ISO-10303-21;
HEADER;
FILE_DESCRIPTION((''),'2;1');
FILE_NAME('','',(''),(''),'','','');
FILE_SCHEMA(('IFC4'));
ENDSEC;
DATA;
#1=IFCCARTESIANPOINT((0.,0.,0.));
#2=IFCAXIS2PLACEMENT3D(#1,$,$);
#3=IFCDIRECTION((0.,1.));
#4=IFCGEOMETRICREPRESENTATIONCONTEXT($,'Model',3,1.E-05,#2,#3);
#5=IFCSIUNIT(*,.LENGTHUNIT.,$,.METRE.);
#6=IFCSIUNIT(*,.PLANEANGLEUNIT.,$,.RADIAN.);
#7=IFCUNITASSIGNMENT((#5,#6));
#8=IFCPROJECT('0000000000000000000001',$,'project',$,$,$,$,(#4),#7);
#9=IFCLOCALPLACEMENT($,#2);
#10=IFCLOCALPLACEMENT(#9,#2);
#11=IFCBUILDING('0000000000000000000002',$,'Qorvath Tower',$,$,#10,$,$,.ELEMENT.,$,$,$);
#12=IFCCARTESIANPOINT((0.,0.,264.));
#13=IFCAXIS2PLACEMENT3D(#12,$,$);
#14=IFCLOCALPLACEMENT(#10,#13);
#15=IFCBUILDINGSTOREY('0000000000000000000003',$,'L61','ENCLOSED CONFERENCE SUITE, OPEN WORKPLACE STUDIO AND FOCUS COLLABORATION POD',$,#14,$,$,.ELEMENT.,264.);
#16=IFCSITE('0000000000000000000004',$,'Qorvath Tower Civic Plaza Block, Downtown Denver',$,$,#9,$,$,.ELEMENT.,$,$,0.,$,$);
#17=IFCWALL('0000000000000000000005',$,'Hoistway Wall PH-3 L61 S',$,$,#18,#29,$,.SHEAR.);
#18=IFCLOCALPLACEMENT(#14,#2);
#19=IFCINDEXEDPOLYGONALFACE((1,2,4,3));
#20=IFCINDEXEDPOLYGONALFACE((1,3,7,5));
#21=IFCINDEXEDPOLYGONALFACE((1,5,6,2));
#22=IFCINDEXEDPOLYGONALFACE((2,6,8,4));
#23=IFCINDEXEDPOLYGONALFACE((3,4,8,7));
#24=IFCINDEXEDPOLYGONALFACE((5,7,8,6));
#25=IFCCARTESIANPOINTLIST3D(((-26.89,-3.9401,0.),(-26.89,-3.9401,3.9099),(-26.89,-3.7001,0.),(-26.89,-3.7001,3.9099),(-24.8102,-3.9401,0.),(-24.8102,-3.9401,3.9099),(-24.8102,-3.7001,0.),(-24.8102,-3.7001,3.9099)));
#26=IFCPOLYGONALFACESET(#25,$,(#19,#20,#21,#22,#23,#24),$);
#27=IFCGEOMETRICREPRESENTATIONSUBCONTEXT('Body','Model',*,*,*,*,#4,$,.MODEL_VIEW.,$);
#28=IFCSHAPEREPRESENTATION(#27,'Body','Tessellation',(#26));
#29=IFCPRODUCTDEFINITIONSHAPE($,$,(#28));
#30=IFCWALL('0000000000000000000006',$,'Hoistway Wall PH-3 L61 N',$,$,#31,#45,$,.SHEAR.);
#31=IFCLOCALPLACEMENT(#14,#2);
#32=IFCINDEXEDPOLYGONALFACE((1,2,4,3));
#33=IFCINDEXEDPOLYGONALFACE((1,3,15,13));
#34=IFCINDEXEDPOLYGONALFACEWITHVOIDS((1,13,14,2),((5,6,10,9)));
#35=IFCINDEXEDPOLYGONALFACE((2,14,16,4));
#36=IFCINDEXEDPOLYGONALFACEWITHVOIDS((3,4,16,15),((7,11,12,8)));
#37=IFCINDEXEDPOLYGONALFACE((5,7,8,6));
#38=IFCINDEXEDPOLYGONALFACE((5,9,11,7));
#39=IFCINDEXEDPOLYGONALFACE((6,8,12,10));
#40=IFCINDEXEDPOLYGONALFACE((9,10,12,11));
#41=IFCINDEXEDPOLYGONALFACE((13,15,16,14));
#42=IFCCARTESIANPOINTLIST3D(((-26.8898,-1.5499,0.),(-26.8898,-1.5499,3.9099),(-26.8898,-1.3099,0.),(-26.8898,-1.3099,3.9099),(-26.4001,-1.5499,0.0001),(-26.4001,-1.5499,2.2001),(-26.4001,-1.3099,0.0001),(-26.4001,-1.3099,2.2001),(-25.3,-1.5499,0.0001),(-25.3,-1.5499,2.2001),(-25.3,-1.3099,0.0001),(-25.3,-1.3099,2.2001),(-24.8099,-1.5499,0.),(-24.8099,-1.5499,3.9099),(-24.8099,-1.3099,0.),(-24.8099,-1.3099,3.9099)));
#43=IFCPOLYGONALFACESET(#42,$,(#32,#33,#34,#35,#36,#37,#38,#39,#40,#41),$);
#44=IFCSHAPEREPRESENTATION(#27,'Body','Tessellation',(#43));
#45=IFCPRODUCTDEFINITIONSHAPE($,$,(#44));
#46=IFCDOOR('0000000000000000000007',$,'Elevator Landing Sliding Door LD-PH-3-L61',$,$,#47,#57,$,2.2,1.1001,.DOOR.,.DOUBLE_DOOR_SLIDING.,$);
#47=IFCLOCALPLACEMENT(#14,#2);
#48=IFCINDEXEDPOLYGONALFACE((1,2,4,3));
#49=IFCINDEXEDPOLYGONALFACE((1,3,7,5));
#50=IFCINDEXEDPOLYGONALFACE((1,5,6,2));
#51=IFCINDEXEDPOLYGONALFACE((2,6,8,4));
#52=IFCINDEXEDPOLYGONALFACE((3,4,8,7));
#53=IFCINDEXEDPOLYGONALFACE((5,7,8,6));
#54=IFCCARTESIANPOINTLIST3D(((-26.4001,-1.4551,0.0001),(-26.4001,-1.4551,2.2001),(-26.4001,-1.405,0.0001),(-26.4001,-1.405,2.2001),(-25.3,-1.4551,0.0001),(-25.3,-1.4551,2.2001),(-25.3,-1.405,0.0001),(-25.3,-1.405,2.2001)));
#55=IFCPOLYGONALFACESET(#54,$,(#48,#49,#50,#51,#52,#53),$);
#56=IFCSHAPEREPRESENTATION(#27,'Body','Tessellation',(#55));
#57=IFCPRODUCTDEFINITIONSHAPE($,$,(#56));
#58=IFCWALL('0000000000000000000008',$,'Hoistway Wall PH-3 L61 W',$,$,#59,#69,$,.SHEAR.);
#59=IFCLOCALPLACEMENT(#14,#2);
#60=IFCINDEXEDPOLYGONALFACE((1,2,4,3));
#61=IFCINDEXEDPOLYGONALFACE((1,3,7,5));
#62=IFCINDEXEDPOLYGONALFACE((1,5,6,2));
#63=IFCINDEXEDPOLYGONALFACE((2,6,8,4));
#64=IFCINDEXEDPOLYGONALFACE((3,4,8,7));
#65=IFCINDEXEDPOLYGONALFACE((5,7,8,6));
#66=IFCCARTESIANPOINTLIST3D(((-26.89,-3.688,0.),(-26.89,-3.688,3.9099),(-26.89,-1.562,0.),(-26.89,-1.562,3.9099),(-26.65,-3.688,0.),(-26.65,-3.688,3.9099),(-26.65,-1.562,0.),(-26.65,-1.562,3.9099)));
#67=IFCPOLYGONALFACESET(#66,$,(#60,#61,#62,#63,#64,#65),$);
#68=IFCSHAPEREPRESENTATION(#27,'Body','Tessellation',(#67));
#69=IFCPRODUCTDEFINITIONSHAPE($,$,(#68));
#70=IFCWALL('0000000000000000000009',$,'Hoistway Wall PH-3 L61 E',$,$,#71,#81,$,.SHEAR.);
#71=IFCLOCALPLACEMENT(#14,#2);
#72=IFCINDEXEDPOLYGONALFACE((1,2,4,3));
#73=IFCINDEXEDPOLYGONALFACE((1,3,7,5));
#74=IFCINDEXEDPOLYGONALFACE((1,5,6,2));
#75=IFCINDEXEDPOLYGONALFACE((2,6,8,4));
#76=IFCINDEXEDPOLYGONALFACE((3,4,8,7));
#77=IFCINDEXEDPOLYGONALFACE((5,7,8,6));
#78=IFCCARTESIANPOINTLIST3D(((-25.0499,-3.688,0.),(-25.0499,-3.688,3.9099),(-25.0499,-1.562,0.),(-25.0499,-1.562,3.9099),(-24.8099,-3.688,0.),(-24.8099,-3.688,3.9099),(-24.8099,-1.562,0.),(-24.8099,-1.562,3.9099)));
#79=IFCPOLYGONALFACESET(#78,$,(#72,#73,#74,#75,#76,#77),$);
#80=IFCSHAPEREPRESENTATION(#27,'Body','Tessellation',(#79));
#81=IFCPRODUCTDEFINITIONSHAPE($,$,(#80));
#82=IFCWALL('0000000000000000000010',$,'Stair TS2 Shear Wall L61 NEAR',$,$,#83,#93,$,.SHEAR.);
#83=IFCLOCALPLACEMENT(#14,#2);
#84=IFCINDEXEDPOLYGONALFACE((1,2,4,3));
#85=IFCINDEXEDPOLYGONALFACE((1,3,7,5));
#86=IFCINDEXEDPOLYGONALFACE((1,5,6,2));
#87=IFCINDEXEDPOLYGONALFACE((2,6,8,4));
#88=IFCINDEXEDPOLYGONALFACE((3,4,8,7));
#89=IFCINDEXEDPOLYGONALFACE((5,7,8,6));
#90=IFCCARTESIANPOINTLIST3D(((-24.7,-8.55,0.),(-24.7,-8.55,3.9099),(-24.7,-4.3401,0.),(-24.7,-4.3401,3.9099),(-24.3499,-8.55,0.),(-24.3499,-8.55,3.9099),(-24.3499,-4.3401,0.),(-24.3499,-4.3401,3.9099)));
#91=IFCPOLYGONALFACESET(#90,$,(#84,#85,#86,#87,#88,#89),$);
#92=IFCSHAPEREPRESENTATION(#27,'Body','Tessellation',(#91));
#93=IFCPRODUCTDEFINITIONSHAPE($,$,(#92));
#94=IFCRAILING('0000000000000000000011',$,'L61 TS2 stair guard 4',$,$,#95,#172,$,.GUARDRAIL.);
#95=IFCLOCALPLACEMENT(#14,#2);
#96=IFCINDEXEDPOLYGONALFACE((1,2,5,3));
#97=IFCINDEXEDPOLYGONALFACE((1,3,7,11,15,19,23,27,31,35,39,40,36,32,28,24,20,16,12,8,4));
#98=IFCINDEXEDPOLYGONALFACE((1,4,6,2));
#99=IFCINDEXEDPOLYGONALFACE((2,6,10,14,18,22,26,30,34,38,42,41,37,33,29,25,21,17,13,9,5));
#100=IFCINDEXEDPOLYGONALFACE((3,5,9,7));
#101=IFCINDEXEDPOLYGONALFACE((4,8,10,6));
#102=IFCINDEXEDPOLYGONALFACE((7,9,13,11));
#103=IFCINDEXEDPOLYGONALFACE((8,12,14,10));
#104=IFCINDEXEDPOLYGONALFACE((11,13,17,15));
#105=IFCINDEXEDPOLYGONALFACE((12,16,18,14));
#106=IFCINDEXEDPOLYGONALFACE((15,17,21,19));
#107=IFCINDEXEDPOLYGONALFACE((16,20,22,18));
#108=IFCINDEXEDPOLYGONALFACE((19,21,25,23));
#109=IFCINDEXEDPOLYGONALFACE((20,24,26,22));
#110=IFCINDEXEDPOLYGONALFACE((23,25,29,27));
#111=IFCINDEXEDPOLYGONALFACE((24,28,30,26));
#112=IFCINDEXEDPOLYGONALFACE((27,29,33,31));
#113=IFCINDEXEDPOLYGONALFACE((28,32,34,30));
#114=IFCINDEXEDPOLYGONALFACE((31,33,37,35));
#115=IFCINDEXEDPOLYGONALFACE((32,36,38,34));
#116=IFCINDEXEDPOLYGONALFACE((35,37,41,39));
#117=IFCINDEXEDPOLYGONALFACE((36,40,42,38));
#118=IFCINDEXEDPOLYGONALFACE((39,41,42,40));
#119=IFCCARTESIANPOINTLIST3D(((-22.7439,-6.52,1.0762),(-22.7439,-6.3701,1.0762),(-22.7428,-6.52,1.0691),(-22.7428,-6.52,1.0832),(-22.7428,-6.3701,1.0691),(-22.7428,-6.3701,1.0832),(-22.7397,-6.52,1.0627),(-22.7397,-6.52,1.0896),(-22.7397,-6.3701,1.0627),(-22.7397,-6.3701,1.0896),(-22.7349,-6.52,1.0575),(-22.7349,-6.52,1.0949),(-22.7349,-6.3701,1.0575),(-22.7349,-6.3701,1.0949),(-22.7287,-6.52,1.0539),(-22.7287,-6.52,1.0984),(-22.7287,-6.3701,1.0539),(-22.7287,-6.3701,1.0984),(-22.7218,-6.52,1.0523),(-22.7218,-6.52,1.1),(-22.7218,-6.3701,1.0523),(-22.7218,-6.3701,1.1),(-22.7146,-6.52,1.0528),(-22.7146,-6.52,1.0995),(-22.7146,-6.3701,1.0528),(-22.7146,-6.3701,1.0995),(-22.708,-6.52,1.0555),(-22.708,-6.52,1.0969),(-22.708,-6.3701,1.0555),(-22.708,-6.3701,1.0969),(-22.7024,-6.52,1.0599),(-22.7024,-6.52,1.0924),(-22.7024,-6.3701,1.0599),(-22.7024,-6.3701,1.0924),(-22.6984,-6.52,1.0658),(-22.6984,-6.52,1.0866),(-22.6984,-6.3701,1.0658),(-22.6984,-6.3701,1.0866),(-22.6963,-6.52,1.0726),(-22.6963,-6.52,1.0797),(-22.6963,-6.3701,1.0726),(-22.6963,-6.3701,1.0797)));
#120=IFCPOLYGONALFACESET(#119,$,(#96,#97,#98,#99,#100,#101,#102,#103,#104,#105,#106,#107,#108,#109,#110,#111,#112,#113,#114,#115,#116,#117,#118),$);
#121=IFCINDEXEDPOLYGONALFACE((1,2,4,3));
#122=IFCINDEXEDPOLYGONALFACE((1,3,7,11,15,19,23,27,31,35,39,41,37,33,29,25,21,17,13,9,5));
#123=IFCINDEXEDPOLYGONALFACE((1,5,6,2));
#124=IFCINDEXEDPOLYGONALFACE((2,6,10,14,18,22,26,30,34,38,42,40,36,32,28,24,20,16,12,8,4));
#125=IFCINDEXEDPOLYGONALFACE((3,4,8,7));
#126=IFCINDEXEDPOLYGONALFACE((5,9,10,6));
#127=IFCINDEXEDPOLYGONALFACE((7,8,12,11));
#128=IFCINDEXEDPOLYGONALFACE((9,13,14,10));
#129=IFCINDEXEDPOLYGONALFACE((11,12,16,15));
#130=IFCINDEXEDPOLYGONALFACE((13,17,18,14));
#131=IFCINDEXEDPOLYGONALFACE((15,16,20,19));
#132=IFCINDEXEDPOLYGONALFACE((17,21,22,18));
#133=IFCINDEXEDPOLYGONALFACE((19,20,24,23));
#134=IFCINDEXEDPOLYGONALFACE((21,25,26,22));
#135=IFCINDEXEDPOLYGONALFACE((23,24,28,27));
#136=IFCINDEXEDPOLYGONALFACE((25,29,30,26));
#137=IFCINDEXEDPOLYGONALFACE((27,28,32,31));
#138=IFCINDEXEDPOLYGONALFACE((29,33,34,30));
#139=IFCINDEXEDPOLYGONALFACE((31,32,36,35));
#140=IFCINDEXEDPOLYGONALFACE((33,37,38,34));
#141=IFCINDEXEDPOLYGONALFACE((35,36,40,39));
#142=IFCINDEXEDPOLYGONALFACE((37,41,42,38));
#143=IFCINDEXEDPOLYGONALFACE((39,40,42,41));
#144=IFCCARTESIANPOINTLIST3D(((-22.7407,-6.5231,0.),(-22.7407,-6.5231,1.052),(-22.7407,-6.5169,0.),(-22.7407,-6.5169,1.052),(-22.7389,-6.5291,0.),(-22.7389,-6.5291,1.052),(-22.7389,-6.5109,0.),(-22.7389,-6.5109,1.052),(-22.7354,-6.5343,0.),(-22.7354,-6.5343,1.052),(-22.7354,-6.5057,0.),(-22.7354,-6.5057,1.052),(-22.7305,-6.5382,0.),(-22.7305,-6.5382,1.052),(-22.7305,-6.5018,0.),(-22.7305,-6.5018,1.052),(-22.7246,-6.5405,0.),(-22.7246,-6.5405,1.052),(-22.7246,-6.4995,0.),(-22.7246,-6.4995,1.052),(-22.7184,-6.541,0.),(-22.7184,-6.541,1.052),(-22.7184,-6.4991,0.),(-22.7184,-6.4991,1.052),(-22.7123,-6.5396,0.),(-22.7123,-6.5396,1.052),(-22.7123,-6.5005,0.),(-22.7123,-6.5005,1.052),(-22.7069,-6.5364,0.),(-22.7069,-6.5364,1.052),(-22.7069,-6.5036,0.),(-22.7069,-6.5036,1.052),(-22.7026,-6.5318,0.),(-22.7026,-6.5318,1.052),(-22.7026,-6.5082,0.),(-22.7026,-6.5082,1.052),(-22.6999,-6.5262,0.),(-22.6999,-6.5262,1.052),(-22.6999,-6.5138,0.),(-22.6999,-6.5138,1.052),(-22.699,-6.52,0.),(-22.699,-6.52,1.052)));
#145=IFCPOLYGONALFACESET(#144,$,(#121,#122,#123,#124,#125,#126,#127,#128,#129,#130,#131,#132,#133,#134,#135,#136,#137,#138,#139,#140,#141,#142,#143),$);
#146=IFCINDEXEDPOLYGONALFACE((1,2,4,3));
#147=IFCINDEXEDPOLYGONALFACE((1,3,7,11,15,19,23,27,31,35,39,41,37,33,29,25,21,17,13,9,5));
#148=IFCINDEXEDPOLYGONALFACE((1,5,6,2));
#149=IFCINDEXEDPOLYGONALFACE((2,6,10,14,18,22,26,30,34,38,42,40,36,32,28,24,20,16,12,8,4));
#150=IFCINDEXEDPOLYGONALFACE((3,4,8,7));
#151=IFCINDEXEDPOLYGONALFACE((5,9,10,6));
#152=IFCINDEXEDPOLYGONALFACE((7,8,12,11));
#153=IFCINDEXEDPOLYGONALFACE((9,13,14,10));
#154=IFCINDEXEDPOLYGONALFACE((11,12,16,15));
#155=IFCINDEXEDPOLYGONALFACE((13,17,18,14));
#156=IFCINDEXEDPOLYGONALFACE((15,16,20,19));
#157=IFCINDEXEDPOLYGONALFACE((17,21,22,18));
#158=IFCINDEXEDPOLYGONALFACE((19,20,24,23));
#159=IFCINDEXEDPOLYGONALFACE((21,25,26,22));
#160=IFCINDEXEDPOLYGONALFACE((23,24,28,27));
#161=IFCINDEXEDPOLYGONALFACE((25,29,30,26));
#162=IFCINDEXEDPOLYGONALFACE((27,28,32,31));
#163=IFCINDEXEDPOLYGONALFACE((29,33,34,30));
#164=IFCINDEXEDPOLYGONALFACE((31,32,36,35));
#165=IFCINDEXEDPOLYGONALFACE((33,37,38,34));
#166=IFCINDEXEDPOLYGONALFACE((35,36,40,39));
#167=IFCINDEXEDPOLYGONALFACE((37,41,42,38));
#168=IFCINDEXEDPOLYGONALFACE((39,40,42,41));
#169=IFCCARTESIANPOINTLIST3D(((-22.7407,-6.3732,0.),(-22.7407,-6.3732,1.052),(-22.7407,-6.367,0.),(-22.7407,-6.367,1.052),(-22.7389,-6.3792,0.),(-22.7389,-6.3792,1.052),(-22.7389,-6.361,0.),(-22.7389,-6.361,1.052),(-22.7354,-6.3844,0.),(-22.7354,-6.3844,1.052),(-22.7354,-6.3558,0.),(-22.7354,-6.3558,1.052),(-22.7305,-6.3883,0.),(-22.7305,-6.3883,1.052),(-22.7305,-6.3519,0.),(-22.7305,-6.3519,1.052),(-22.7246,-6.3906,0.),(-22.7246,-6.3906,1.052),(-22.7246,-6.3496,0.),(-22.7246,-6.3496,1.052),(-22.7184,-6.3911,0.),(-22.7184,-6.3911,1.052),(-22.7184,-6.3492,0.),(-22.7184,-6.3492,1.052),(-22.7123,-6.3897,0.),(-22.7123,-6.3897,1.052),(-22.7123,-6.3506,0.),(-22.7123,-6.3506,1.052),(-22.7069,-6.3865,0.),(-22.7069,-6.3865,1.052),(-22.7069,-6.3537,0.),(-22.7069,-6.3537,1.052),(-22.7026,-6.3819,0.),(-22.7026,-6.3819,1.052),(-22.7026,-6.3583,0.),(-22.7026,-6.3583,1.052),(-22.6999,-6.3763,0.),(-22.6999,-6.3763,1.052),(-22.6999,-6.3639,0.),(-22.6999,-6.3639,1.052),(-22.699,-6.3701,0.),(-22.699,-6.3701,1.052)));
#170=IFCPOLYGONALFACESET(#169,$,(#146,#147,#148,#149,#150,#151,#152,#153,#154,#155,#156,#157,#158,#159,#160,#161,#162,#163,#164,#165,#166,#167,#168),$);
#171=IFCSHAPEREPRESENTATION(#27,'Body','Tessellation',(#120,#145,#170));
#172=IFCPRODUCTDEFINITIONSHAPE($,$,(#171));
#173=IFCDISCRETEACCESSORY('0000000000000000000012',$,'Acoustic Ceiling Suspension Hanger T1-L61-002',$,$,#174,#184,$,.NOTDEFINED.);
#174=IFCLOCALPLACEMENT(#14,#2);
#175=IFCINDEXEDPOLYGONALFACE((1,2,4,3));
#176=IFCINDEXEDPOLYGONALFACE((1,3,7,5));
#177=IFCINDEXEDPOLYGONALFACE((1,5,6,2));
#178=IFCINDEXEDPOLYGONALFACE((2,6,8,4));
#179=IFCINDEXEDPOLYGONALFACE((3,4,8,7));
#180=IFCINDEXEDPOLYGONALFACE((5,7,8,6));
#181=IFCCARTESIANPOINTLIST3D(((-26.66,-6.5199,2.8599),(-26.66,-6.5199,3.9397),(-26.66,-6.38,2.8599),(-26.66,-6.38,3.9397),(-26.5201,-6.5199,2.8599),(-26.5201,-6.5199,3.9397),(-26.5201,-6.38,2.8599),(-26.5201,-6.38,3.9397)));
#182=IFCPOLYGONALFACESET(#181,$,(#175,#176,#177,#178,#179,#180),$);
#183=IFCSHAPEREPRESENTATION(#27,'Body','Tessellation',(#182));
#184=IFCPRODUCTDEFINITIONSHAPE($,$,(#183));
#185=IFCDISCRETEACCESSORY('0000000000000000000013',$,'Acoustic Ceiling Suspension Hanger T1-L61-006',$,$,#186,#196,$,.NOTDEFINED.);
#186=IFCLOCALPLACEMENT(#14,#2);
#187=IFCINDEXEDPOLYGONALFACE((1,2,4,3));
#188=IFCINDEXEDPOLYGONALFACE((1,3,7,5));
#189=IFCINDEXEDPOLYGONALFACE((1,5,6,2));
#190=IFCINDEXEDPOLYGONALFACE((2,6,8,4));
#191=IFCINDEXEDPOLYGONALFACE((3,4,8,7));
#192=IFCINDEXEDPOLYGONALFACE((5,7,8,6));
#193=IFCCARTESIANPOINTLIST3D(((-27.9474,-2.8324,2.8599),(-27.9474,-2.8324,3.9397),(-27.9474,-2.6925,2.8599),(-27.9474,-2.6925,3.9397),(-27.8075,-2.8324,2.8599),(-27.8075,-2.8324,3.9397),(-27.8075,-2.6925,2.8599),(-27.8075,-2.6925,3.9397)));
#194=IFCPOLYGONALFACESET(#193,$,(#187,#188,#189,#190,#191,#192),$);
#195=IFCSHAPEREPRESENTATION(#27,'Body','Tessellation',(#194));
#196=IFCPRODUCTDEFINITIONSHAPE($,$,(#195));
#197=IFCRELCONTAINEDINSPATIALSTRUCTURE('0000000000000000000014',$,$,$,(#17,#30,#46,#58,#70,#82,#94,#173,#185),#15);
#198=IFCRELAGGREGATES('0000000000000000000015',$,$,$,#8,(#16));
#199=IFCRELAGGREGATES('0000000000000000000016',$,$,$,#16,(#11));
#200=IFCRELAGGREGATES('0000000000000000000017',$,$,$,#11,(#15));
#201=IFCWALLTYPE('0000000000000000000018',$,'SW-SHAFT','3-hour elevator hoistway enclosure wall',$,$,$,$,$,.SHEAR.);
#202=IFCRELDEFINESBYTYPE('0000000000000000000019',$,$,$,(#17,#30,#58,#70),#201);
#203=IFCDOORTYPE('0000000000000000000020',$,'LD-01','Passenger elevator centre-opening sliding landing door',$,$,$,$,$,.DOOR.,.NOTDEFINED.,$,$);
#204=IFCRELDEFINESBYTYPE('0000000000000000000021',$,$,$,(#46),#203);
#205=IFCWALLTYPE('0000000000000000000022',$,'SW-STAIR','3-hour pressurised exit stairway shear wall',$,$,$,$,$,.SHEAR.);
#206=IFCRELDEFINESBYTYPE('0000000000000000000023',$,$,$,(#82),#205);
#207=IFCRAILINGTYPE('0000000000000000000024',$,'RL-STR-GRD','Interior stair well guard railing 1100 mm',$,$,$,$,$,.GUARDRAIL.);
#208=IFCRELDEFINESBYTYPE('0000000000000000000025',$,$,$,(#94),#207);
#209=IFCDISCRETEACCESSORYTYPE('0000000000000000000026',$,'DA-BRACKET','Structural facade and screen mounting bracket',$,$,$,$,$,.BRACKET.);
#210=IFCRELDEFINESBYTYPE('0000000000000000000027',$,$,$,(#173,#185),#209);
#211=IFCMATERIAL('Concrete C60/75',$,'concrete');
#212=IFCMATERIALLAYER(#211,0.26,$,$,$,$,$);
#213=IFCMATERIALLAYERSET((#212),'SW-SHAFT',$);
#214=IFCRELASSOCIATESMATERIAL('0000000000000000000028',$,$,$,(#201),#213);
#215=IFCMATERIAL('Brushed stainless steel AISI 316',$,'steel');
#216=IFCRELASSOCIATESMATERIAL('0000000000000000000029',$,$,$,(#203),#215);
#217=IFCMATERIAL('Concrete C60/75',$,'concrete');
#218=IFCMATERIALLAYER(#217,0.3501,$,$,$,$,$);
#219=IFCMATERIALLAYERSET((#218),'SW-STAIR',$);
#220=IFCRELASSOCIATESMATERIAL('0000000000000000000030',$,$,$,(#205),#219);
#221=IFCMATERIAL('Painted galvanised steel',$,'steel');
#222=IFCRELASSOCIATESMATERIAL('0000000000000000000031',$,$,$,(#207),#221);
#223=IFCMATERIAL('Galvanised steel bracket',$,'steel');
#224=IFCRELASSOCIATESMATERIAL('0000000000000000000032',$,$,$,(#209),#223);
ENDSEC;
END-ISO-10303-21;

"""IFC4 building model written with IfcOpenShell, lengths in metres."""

from ifc_helpers import new_model, si_unit, direction, frame, frame_2d, origin, origin_2d, place, context, subcontext, project, spatial, rectangle, circle, extrude, material, layer, layer_set, type_object, element, fill, save


model = new_model("IFC4")

# Units and contexts
model_context = context("Model", 3, precision=1e-05, world=origin(), true_north=direction((0.0, 1.0)))
body_context = subcontext(model_context, "Body", "Model", "MODEL_VIEW")
ifc_project = project(units=[si_unit("LENGTHUNIT", "METRE"), si_unit("PLANEANGLEUNIT", "RADIAN")], contexts=[model_context])

# Site, building, storey
site_placement = place(None, origin())
site = spatial("IfcSite", under=ifc_project, at=site_placement, Name="Qorvath Tower Civic Plaza Block, Downtown Denver", CompositionType="ELEMENT", RefElevation=0.0)
building_placement = place(site_placement, origin())
building = spatial("IfcBuilding", under=site, at=building_placement, Name="Qorvath Tower", CompositionType="ELEMENT")
storey_placement = place(building_placement, frame((0.0, 0.0, 264.0)))
storey = spatial("IfcBuildingStorey", under=building, at=storey_placement, Name="L61", Description="ENCLOSED CONFERENCE SUITE, OPEN WORKPLACE STUDIO AND FOCUS COLLABORATION POD", CompositionType="ELEMENT", Elevation=264.0)

# Shared definitions
ifc_material_1 = material(Name="Concrete C60/75", Category="concrete")
ifc_layer_1 = layer(ifc_material_1, 0.26)
ifc_layer_set_1 = layer_set([ifc_layer_1], Name="SW-SHAFT")
wall_type_1 = type_object("IfcWallType", Name="SW-SHAFT", Description="3-hour elevator hoistway enclosure wall", PredefinedType="SHEAR", material=ifc_layer_set_1)

# Wall
wall_1_placement = place(storey_placement, frame((-24.8101, -3.8201, 0.0), z_axis=(0.0, 0.0, 1.0), x_axis=(-1.0, 0.0, 0.0)))
element("IfcWall", 1, at=wall_1_placement, inside=storey, type_object=wall_type_1, Name="Hoistway Wall PH-3 L61 S", PredefinedType="SHEAR", context=body_context, shape_type="SweptSolid", body=[
    extrude(rectangle(XDim=2.0798, YDim=0.24, at=frame_2d((1.04, 0.0))), origin(), (0.0, 0.0, 1.0), 3.9099),
])

# Wall, opening, door
wall_2_placement = place(storey_placement, frame((-26.8899, -1.4299, 0.0), z_axis=(0.0, 0.0, 1.0), x_axis=(1.0, 0.0, 0.0)))
wall_2 = element("IfcWall", 2, at=wall_2_placement, inside=storey, type_object=wall_type_1, Name="Hoistway Wall PH-3 L61 N", PredefinedType="SHEAR", context=body_context, shape_type="SweptSolid", body=[
    extrude(rectangle(XDim=2.0798, YDim=0.24, at=frame_2d((1.04, 0.0))), origin(), (0.0, 0.0, 1.0), 3.9099),
])
opening_1_placement = place(wall_2_placement, frame((0.4897, 0.0, 0.0)))
opening_1 = element("IfcOpeningElement", 3, at=opening_1_placement, cuts=wall_2, PredefinedType="OPENING", context=body_context, shape_type="SweptSolid", body=[
    extrude(rectangle(XDim=1.1001, YDim=2.2, at=frame_2d((0.55, 1.1001))), frame((0.0, 0.1299, 0.0), z_axis=(0.0, -1.0, 0.0), x_axis=(1.0, 0.0, 0.0)), (0.0, 0.0, 1.0), 0.26),
])
ifc_material_2 = material(Name="Brushed stainless steel AISI 316", Category="steel")
door_type_1 = type_object("IfcDoorType", Name="LD-01", Description="Passenger elevator centre-opening sliding landing door", OperationType="NOTDEFINED", PredefinedType="DOOR", material=ifc_material_2)
door_1_placement = place(opening_1_placement, origin())
door_1 = element("IfcDoor", 4, at=door_1_placement, inside=storey, type_object=door_type_1, Name="Elevator Landing Sliding Door LD-PH-3-L61", OperationType="DOUBLE_DOOR_SLIDING", OverallHeight=2.2, OverallWidth=1.1001, PredefinedType="DOOR", context=body_context, shape_type="SweptSolid", body=[
    extrude(rectangle(XDim=1.1001, YDim=2.2, at=frame_2d((0.55, 1.1001))), frame((0.0, 0.0249, 0.0), z_axis=(0.0, -1.0, 0.0), x_axis=(1.0, 0.0, 0.0)), (0.0, 0.0, 1.0), 0.05),
])
fill(opening_1, door_1)

# Walls
for number, where, z_axis, x_axis, name in (
    (5, (-26.77, -3.688, 0.0), (0.0, 0.0, 1.0), (0.0, 1.0, 0.0), "Hoistway Wall PH-3 L61 W"),
    (6, (-24.9299, -1.562, 0.0), (0.0, 0.0, 1.0), (0.0, -1.0, 0.0), "Hoistway Wall PH-3 L61 E"),
):
    element("IfcWall", number, at=place(storey_placement, frame(where, z_axis=z_axis, x_axis=x_axis)), inside=storey, type_object=wall_type_1, Name=name, PredefinedType="SHEAR", context=body_context, shape_type="SweptSolid", body=[
        extrude(rectangle(XDim=2.126, YDim=0.24, at=frame_2d((1.063, 0.0))), origin(), (0.0, 0.0, 1.0), 3.9099),
    ])
ifc_material_3 = material(Name="Concrete C60/75", Category="concrete")
ifc_layer_2 = layer(ifc_material_3, 0.3501)
ifc_layer_set_2 = layer_set([ifc_layer_2], Name="SW-STAIR")
wall_type_2 = type_object("IfcWallType", Name="SW-STAIR", Description="3-hour pressurised exit stairway shear wall", PredefinedType="SHEAR", material=ifc_layer_set_2)
wall_3_placement = place(storey_placement, frame((-24.5249, -4.3401, 0.0), z_axis=(0.0, 0.0, 1.0), x_axis=(0.0, -1.0, 0.0)))
element("IfcWall", 7, at=wall_3_placement, inside=storey, type_object=wall_type_2, Name="Stair TS2 Shear Wall L61 NEAR", PredefinedType="SHEAR", context=body_context, shape_type="SweptSolid", body=[
    extrude(rectangle(XDim=4.21, YDim=0.3501, at=frame_2d((2.105, 0.0))), origin(), (0.0, 0.0, 1.0), 3.9099),
])

# Railing
ifc_material_4 = material(Name="Painted galvanised steel", Category="steel")
railing_type = type_object("IfcRailingType", Name="RL-STR-GRD", Description="Interior stair well guard railing 1100 mm", PredefinedType="GUARDRAIL", material=ifc_material_4)
railing_placement = place(storey_placement, frame((-22.72, -6.52, 0.0)))
element("IfcRailing", 8, at=railing_placement, inside=storey, type_object=railing_type, Name="L61 TS2 stair guard 4", PredefinedType="GUARDRAIL", context=body_context, shape_type="SweptSolid", body=[
    extrude(circle(Radius=0.0239, at=origin_2d()), frame((0.0, 0.0, 1.0762), z_axis=(0.0, 1.0, 0.0), x_axis=(-1.0, 0.0, 0.0)), (0.0, 0.0, 1.0), 0.1499),
    extrude(circle(Radius=0.021, at=origin_2d()), origin(), (0.0, 0.0, 1.0), 1.052),
    extrude(circle(Radius=0.021, at=origin_2d()), frame((0.0, 0.1499, 0.0)), (0.0, 0.0, 1.0), 1.052),
])

# Discrete accessories
ifc_material_5 = material(Name="Galvanised steel bracket", Category="steel")
discrete_accessory_type = type_object("IfcDiscreteAccessoryType", Name="DA-BRACKET", Description="Structural facade and screen mounting bracket", PredefinedType="BRACKET", material=ifc_material_5)
for number, where, z_axis, x_axis, name in (
    (9, (-26.5901, -6.45, 2.8599), (0.0, 0.0, 1.0), (1.0, 0.0, 0.0), "Acoustic Ceiling Suspension Hanger T1-L61-002"),
    (10, (-27.8774, -2.7625, 2.8599), (0.0, 0.0, 1.0), (1.0, 0.0, 0.0), "Acoustic Ceiling Suspension Hanger T1-L61-006"),
):
    element("IfcDiscreteAccessory", number, at=place(storey_placement, frame(where, z_axis=z_axis, x_axis=x_axis)), inside=storey, type_object=discrete_accessory_type, Name=name, PredefinedType="NOTDEFINED", context=body_context, shape_type="SweptSolid", body=[
        extrude(rectangle(XDim=0.1399, YDim=0.1399, at=origin_2d()), origin(), (0.0, 0.0, 1.0), 1.0798),
    ])

save(model, "model.ifc")
